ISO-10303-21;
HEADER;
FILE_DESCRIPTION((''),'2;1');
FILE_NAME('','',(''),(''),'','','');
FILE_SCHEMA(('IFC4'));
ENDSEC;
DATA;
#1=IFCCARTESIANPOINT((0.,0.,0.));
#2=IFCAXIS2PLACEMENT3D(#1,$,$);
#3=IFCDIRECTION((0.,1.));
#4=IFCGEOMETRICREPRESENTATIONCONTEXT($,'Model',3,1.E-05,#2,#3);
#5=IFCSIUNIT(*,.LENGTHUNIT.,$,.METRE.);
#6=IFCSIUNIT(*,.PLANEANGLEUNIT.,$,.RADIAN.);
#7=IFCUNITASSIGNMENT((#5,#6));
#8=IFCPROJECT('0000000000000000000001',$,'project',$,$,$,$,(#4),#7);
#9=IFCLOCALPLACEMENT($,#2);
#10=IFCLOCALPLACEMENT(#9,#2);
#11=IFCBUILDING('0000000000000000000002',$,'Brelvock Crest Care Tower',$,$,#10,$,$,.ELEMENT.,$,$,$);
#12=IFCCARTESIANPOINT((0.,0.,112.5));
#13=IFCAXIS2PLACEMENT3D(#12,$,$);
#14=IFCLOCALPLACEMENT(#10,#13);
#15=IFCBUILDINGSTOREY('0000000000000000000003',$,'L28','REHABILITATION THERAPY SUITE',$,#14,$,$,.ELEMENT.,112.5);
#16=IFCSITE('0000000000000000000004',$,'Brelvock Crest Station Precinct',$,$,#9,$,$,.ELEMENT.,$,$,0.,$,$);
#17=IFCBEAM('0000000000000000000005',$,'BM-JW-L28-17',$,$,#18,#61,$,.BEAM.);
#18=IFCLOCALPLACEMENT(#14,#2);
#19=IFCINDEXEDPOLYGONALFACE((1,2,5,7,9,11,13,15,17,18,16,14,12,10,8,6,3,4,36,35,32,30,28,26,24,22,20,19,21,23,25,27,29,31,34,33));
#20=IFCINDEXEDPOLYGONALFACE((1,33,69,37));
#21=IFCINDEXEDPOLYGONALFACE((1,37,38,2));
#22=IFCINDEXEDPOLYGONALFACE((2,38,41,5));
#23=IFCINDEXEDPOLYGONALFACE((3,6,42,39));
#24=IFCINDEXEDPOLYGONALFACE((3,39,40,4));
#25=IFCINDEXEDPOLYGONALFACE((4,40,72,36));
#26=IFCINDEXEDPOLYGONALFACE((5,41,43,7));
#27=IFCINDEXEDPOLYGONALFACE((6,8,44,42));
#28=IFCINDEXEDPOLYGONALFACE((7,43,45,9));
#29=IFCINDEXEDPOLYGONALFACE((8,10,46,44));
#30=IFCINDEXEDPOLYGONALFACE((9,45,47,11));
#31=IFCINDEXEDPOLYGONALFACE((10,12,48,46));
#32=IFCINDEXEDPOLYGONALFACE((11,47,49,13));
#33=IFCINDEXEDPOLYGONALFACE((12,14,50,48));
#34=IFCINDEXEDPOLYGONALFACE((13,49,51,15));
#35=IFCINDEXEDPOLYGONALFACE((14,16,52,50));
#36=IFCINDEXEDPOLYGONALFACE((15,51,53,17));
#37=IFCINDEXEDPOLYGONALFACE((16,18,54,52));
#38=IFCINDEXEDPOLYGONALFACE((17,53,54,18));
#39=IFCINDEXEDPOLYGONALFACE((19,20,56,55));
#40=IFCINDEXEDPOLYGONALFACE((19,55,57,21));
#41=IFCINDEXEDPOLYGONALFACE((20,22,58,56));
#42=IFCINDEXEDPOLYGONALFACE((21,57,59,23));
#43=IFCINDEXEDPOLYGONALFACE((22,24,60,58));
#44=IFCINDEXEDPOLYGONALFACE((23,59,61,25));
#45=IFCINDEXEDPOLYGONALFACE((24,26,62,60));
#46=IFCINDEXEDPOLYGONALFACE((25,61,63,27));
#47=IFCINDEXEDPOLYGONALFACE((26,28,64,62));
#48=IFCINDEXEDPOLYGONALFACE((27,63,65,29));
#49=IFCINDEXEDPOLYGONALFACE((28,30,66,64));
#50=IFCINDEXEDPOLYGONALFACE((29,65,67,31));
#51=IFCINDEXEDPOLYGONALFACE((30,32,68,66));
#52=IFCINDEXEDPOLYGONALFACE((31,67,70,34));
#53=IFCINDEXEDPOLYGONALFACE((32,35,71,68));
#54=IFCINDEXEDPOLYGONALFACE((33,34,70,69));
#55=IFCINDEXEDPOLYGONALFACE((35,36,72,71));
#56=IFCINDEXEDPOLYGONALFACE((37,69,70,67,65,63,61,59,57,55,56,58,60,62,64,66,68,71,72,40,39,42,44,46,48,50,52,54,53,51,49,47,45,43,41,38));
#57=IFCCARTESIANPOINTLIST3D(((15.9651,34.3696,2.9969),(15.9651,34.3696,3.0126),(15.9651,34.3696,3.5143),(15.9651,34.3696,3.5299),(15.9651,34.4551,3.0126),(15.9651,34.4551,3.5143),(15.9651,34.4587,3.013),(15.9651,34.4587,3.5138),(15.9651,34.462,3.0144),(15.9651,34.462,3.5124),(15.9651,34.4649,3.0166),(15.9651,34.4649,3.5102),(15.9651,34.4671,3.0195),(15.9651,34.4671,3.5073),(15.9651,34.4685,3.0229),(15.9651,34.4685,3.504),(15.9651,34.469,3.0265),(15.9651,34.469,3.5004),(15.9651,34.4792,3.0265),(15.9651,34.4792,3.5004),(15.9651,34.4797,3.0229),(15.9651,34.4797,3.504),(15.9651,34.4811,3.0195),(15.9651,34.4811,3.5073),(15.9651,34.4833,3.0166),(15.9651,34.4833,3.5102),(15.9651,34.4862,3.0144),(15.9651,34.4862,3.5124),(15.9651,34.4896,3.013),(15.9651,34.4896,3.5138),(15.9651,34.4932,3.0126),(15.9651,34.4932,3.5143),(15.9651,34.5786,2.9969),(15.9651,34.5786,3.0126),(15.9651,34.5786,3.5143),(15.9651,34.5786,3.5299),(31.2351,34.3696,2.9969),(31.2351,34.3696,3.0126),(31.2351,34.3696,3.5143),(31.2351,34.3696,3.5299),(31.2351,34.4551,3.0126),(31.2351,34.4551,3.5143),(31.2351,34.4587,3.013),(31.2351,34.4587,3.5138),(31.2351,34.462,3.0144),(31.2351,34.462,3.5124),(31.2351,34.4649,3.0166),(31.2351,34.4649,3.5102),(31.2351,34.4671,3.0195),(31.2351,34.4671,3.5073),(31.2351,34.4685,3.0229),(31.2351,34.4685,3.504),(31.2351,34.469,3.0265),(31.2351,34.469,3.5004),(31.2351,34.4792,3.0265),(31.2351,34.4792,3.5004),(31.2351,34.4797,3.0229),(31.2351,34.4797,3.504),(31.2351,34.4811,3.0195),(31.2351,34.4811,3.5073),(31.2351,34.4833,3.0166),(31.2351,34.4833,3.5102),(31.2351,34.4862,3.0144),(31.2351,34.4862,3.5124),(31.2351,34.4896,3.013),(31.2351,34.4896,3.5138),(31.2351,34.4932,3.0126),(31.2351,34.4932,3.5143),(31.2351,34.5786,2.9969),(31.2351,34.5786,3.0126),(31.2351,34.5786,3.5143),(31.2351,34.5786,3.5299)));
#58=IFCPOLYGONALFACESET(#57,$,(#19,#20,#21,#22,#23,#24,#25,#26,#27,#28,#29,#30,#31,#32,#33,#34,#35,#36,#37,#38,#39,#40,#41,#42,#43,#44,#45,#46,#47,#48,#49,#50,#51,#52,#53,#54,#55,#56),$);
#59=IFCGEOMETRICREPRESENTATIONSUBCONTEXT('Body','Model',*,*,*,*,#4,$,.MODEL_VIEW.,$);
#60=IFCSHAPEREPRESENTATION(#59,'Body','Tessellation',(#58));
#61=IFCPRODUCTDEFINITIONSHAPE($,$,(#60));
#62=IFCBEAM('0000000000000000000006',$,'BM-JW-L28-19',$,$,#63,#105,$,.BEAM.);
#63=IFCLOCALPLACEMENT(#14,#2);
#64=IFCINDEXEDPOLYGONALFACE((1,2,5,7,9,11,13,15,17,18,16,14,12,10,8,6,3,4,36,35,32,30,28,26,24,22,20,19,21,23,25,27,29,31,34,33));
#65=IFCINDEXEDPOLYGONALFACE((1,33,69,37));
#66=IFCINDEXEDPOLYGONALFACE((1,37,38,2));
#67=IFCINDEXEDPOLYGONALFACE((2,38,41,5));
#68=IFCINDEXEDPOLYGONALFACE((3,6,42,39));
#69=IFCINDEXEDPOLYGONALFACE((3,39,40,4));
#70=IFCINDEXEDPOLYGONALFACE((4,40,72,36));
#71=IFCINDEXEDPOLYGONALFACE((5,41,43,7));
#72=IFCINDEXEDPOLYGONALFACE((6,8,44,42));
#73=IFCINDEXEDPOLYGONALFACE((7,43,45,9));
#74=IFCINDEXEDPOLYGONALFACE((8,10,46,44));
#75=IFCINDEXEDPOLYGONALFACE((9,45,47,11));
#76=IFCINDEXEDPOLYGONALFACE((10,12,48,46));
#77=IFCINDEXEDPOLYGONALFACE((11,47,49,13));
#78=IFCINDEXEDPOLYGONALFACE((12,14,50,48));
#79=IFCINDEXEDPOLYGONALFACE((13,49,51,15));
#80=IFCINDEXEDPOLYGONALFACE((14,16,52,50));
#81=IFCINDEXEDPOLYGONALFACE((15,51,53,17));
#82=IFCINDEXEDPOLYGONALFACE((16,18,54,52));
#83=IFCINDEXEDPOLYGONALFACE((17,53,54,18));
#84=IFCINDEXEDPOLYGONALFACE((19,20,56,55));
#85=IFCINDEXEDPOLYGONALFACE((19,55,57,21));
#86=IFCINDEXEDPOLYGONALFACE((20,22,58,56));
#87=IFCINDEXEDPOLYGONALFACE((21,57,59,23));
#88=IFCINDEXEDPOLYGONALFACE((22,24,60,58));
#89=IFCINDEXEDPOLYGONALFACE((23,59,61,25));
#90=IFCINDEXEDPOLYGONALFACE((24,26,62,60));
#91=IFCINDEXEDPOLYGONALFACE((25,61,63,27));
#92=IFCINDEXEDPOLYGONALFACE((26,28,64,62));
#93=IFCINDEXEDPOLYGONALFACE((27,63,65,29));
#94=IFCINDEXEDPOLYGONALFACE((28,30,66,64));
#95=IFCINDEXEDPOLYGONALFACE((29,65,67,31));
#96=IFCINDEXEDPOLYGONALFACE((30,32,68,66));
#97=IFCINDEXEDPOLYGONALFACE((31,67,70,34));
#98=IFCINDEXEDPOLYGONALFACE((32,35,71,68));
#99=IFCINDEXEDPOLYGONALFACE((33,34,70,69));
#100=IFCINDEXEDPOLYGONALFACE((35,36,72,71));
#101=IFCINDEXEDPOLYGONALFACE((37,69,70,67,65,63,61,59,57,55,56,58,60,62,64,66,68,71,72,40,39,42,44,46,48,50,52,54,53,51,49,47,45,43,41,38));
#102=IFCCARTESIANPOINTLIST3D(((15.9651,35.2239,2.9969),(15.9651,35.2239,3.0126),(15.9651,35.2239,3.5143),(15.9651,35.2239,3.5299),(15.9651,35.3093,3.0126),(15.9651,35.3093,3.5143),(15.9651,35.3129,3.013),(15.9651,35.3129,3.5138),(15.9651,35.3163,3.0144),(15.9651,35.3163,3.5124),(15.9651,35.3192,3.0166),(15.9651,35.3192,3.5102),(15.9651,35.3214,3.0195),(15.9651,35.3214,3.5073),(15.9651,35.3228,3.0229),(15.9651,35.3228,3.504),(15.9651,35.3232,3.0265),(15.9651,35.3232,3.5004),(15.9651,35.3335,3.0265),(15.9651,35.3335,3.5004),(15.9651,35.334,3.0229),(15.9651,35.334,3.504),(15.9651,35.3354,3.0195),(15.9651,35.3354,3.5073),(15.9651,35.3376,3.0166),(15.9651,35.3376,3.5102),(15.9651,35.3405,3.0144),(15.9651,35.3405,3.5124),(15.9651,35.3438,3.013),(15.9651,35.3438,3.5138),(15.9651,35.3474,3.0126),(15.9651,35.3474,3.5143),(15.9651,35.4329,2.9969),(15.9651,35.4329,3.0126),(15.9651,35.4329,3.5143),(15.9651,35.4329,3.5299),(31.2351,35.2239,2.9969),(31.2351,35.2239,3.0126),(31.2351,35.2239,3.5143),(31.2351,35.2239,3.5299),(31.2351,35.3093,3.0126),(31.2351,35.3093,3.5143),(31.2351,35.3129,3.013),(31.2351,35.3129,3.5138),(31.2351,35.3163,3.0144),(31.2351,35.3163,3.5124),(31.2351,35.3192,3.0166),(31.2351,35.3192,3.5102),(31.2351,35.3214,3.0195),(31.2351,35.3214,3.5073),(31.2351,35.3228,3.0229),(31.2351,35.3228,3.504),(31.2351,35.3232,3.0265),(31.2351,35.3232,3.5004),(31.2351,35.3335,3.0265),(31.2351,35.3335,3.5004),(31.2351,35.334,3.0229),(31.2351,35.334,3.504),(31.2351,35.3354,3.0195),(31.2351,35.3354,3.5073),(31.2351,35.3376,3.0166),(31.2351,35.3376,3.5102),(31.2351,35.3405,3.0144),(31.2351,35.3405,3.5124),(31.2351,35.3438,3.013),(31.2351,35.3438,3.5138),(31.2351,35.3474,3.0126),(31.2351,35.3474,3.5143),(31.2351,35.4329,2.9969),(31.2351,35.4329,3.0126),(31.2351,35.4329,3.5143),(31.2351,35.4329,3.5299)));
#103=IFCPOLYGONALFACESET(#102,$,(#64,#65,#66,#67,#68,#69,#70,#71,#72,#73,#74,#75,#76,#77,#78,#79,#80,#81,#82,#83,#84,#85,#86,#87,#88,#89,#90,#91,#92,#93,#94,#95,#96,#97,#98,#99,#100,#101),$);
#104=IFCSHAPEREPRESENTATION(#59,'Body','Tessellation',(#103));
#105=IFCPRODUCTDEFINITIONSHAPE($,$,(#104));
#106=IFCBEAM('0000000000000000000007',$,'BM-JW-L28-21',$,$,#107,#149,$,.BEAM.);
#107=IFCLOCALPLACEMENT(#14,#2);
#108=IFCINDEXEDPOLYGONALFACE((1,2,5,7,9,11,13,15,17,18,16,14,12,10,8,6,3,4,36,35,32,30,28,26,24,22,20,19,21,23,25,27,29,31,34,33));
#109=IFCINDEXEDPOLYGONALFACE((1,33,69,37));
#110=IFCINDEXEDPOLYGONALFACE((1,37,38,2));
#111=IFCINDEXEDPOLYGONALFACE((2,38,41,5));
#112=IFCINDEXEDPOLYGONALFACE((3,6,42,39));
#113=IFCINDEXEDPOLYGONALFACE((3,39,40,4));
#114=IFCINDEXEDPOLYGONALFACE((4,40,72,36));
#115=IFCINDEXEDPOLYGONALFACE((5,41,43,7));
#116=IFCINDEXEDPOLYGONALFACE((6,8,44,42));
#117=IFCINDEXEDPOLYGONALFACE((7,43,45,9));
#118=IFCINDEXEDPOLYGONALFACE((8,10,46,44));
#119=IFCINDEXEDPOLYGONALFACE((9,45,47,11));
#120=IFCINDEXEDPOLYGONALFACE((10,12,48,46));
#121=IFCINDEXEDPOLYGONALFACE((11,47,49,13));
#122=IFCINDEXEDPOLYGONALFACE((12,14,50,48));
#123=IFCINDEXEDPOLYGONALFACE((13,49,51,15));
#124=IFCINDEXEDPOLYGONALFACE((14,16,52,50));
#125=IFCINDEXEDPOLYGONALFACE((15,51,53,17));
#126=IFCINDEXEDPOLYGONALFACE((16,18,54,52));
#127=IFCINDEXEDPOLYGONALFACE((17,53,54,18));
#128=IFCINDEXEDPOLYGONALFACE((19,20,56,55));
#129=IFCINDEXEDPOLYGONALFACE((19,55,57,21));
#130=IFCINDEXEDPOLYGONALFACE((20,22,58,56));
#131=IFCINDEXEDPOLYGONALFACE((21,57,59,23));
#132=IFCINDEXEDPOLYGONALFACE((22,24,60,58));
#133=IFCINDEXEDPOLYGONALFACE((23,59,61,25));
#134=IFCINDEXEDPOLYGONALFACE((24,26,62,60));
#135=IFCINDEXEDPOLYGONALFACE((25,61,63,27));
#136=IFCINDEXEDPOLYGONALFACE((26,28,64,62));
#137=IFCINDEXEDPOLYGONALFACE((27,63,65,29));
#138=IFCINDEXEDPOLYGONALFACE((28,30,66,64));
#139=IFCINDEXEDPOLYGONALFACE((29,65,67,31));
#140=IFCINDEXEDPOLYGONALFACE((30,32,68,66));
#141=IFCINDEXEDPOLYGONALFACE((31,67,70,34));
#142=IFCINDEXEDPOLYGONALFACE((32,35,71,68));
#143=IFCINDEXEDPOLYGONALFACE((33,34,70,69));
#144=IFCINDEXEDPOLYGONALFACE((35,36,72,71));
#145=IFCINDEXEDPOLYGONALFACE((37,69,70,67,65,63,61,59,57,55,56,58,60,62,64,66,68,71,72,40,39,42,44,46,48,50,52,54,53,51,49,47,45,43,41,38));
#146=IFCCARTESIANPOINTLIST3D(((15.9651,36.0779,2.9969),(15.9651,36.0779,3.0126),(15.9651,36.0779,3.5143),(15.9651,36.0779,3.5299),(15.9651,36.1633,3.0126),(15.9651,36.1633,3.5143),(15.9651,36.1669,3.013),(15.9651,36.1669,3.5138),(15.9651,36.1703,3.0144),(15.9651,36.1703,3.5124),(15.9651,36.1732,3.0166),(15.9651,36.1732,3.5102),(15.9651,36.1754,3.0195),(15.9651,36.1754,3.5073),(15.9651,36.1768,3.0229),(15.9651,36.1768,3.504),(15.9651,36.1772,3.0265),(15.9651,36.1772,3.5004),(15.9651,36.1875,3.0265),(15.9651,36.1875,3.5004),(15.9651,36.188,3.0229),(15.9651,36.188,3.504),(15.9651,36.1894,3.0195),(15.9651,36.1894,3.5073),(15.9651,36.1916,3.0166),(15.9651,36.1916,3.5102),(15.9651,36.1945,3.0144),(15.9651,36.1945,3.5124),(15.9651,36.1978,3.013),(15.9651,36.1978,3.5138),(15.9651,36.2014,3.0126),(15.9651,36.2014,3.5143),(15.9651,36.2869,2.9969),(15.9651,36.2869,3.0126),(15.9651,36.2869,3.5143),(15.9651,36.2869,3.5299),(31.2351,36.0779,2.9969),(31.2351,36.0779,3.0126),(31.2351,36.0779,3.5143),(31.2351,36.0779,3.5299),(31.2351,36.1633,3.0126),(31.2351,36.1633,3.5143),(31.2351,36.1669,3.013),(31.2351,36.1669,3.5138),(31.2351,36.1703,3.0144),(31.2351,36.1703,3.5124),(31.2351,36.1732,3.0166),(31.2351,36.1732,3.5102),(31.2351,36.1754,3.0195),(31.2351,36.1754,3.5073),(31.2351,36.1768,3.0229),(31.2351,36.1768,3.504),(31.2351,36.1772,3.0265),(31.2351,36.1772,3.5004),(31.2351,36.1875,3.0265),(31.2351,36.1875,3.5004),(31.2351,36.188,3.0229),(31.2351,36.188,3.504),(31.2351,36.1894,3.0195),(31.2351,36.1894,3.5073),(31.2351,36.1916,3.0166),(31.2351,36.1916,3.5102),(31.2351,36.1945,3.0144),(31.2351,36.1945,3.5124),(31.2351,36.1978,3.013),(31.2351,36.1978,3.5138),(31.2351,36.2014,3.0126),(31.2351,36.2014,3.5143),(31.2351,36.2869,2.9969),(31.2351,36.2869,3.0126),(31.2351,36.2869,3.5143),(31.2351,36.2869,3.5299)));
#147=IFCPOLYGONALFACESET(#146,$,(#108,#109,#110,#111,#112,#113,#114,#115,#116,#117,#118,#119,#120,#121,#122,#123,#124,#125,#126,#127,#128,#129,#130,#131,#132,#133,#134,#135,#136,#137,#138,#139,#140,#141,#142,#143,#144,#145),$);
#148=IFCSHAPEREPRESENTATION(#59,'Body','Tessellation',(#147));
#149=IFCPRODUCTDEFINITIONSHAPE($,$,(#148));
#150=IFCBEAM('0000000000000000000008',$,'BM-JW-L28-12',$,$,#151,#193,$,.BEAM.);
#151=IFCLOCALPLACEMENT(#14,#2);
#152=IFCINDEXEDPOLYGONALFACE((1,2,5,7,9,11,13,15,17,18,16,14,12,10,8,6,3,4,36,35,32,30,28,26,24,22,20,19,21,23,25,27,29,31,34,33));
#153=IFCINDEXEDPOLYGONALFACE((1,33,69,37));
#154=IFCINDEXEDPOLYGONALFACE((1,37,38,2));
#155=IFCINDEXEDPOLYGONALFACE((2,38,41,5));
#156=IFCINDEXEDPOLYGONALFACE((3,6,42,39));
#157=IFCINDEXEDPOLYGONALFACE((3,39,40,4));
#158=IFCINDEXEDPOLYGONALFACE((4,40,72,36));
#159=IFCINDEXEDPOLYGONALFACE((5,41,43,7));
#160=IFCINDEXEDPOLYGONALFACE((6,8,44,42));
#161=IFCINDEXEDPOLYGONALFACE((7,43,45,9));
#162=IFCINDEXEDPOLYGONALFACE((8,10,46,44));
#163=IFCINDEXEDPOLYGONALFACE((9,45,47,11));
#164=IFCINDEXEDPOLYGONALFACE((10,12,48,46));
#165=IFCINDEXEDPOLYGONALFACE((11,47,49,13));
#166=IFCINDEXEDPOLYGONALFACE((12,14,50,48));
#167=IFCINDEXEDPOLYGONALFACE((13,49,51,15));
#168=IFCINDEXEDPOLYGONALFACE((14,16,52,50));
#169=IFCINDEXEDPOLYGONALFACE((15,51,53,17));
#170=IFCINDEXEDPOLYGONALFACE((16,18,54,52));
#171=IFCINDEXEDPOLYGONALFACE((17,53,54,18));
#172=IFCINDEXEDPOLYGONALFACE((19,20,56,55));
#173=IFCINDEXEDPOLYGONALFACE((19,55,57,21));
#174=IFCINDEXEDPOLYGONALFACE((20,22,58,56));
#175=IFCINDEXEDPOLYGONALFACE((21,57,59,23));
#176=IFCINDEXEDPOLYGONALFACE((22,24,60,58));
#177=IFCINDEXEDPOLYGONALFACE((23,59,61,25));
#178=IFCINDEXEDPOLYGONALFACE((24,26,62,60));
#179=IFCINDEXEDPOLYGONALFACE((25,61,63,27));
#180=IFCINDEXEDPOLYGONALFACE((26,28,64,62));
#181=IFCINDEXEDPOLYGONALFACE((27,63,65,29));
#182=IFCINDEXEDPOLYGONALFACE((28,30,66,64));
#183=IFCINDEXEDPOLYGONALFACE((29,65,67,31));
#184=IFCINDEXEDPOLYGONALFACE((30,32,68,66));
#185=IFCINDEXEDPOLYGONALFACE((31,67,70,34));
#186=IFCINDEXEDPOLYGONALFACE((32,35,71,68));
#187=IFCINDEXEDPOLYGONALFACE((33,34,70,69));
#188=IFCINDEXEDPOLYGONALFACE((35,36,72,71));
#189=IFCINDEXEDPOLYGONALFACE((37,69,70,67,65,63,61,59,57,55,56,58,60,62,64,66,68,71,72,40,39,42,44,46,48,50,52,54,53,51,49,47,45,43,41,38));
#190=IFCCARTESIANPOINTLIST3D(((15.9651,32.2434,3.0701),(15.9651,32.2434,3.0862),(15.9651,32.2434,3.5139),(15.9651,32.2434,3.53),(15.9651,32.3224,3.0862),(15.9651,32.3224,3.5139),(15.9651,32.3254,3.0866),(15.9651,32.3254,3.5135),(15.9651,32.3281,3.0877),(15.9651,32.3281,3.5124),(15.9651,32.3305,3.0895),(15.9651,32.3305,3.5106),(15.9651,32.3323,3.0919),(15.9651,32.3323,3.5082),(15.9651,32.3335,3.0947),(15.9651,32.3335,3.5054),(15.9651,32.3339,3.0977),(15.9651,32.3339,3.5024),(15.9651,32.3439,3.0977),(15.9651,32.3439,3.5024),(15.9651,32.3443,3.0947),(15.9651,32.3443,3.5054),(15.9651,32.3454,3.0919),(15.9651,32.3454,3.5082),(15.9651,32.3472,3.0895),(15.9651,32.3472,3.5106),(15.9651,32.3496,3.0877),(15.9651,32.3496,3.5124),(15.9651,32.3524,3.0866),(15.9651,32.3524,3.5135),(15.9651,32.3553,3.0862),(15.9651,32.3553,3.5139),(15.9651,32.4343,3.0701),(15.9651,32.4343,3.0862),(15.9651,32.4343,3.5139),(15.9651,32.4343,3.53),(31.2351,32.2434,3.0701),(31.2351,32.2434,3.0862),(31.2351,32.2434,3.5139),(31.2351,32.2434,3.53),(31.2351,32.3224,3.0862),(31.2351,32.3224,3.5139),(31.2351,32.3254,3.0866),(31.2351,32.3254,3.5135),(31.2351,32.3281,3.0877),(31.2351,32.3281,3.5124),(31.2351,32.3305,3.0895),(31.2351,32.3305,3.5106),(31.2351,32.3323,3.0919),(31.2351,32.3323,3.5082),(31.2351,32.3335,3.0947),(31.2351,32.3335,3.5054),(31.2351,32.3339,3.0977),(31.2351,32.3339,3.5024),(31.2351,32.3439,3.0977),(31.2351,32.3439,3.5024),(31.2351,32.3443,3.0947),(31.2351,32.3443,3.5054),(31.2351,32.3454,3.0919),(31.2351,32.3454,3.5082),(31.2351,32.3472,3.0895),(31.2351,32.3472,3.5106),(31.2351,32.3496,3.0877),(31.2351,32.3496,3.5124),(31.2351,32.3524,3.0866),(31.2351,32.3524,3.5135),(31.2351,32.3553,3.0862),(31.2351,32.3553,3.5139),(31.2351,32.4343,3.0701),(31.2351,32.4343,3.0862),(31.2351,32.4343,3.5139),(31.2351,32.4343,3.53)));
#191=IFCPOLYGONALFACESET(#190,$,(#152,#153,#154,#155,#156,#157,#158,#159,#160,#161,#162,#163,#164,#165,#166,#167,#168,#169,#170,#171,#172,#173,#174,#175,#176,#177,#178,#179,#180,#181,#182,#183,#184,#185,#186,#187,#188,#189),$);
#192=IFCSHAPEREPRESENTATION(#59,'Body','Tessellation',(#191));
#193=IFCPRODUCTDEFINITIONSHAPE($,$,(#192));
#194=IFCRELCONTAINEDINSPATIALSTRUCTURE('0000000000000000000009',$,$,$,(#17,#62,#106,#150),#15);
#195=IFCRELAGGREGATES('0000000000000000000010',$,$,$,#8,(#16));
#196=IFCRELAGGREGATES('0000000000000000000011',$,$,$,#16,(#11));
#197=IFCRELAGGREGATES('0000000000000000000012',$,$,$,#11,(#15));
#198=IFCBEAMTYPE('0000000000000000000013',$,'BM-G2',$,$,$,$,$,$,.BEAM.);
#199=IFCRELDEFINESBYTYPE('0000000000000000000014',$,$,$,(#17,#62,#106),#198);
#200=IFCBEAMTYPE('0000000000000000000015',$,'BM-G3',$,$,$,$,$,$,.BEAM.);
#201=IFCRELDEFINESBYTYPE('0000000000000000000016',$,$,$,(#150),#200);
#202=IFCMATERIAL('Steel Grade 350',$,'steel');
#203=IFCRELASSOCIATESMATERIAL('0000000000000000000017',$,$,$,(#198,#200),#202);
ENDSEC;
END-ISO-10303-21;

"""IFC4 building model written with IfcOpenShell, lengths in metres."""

from ifc_helpers import new_model, si_unit, direction, frame, origin, origin_2d, place, context, subcontext, project, spatial, i_section, extrude, source, transform, mapped, material, material_profile, profile_set, type_object, element, save


model = new_model("IFC4")

# Units and contexts
model_context = context("Model", 3, precision=1e-05, world=origin(), true_north=direction((0.0, 1.0)))
body_context = subcontext(model_context, "Body", "Model", "MODEL_VIEW")
ifc_project = project(units=[si_unit("LENGTHUNIT", "METRE"), si_unit("PLANEANGLEUNIT", "RADIAN")], contexts=[model_context])

# Site, building, storey
site_placement = place(None, origin())
site = spatial("IfcSite", under=ifc_project, at=site_placement, Name="Brelvock Crest Station Precinct", CompositionType="ELEMENT", RefElevation=0.0)
building_placement = place(site_placement, origin())
building = spatial("IfcBuilding", under=site, at=building_placement, Name="Brelvock Crest Care Tower", CompositionType="ELEMENT")
storey_placement = place(building_placement, frame((0.0, 0.0, 112.5)))
storey = spatial("IfcBuildingStorey", under=building, at=storey_placement, Name="L28", Description="REHABILITATION THERAPY SUITE", CompositionType="ELEMENT", Elevation=112.5)

# Shared definitions
ifc_material_1 = material(Name="Steel Grade 350", Category="steel")

# Beams
ifc_material_profile_1 = material_profile(ifc_material_1, i_section(OverallWidth=0.209, OverallDepth=0.533, WebThickness=0.0103, FlangeThickness=0.0156, FilletRadius=0.0139, at=origin_2d()), Name="530UB92.4")
ifc_profile_set_1 = profile_set([ifc_material_profile_1], Name="Steel Grade 350")
beam_type_1 = type_object("IfcBeamType", Name="BM-G2", PredefinedType="BEAM", material=ifc_profile_set_1)
shared_shape_1 = source(origin(), body_context, "Body", "SweptSolid", [
    extrude(i_section(OverallWidth=0.209, OverallDepth=0.533, WebThickness=0.0103, FlangeThickness=0.0156, FilletRadius=0.0139, at=origin_2d()), origin(), (0.0, 0.0, 1.0), 15.27),
])
for number, where, z_axis, x_axis, name in (
    (1, (15.9651, 34.4741, 3.2634), (1.0, 0.0, 0.0), (0.0, 1.0, 0.0), "BM-JW-L28-17"),
    (2, (15.9651, 35.3284, 3.2634), (1.0, 0.0, 0.0), (0.0, 1.0, 0.0), "BM-JW-L28-19"),
    (3, (15.9651, 36.1824, 3.2634), (1.0, 0.0, 0.0), (0.0, 1.0, 0.0), "BM-JW-L28-21"),
):
    element("IfcBeam", number, at=place(storey_placement, frame(where, z_axis=z_axis, x_axis=x_axis)), inside=storey, type_object=beam_type_1, Name=name, PredefinedType="BEAM", context=body_context, shape_type="MappedRepresentation", body=[
        mapped(shared_shape_1, transform((0.0, 0.0, 0.0), x_axis=(1.0, 0.0, 0.0), y_axis=(0.0, 1.0, 0.0), z_axis=(0.0, 0.0, 1.0), scale=1.0)),
    ])
ifc_material_profile_2 = material_profile(ifc_material_1, i_section(OverallWidth=0.1909, OverallDepth=0.46, WebThickness=0.01, FlangeThickness=0.0161, FilletRadius=0.0115, at=origin_2d()), Name="460UB82.1")
ifc_profile_set_2 = profile_set([ifc_material_profile_2], Name="Steel Grade 350")
beam_type_2 = type_object("IfcBeamType", Name="BM-G3", PredefinedType="BEAM", material=ifc_profile_set_2)
shared_shape_2 = source(origin(), body_context, "Body", "SweptSolid", [
    extrude(i_section(OverallWidth=0.1909, OverallDepth=0.46, WebThickness=0.01, FlangeThickness=0.0161, FilletRadius=0.0115, at=origin_2d()), origin(), (0.0, 0.0, 1.0), 15.27),
])
for number, where, z_axis, x_axis, name in (
    (4, (15.9651, 32.3389, 3.3), (1.0, 0.0, 0.0), (0.0, 1.0, 0.0), "BM-JW-L28-12"),
):
    element("IfcBeam", number, at=place(storey_placement, frame(where, z_axis=z_axis, x_axis=x_axis)), inside=storey, type_object=beam_type_2, Name=name, PredefinedType="BEAM", context=body_context, shape_type="MappedRepresentation", body=[
        mapped(shared_shape_2, transform((0.0, 0.0, 0.0), x_axis=(1.0, 0.0, 0.0), y_axis=(0.0, 1.0, 0.0), z_axis=(0.0, 0.0, 1.0), scale=1.0)),
    ])

save(model, "model.ifc")
